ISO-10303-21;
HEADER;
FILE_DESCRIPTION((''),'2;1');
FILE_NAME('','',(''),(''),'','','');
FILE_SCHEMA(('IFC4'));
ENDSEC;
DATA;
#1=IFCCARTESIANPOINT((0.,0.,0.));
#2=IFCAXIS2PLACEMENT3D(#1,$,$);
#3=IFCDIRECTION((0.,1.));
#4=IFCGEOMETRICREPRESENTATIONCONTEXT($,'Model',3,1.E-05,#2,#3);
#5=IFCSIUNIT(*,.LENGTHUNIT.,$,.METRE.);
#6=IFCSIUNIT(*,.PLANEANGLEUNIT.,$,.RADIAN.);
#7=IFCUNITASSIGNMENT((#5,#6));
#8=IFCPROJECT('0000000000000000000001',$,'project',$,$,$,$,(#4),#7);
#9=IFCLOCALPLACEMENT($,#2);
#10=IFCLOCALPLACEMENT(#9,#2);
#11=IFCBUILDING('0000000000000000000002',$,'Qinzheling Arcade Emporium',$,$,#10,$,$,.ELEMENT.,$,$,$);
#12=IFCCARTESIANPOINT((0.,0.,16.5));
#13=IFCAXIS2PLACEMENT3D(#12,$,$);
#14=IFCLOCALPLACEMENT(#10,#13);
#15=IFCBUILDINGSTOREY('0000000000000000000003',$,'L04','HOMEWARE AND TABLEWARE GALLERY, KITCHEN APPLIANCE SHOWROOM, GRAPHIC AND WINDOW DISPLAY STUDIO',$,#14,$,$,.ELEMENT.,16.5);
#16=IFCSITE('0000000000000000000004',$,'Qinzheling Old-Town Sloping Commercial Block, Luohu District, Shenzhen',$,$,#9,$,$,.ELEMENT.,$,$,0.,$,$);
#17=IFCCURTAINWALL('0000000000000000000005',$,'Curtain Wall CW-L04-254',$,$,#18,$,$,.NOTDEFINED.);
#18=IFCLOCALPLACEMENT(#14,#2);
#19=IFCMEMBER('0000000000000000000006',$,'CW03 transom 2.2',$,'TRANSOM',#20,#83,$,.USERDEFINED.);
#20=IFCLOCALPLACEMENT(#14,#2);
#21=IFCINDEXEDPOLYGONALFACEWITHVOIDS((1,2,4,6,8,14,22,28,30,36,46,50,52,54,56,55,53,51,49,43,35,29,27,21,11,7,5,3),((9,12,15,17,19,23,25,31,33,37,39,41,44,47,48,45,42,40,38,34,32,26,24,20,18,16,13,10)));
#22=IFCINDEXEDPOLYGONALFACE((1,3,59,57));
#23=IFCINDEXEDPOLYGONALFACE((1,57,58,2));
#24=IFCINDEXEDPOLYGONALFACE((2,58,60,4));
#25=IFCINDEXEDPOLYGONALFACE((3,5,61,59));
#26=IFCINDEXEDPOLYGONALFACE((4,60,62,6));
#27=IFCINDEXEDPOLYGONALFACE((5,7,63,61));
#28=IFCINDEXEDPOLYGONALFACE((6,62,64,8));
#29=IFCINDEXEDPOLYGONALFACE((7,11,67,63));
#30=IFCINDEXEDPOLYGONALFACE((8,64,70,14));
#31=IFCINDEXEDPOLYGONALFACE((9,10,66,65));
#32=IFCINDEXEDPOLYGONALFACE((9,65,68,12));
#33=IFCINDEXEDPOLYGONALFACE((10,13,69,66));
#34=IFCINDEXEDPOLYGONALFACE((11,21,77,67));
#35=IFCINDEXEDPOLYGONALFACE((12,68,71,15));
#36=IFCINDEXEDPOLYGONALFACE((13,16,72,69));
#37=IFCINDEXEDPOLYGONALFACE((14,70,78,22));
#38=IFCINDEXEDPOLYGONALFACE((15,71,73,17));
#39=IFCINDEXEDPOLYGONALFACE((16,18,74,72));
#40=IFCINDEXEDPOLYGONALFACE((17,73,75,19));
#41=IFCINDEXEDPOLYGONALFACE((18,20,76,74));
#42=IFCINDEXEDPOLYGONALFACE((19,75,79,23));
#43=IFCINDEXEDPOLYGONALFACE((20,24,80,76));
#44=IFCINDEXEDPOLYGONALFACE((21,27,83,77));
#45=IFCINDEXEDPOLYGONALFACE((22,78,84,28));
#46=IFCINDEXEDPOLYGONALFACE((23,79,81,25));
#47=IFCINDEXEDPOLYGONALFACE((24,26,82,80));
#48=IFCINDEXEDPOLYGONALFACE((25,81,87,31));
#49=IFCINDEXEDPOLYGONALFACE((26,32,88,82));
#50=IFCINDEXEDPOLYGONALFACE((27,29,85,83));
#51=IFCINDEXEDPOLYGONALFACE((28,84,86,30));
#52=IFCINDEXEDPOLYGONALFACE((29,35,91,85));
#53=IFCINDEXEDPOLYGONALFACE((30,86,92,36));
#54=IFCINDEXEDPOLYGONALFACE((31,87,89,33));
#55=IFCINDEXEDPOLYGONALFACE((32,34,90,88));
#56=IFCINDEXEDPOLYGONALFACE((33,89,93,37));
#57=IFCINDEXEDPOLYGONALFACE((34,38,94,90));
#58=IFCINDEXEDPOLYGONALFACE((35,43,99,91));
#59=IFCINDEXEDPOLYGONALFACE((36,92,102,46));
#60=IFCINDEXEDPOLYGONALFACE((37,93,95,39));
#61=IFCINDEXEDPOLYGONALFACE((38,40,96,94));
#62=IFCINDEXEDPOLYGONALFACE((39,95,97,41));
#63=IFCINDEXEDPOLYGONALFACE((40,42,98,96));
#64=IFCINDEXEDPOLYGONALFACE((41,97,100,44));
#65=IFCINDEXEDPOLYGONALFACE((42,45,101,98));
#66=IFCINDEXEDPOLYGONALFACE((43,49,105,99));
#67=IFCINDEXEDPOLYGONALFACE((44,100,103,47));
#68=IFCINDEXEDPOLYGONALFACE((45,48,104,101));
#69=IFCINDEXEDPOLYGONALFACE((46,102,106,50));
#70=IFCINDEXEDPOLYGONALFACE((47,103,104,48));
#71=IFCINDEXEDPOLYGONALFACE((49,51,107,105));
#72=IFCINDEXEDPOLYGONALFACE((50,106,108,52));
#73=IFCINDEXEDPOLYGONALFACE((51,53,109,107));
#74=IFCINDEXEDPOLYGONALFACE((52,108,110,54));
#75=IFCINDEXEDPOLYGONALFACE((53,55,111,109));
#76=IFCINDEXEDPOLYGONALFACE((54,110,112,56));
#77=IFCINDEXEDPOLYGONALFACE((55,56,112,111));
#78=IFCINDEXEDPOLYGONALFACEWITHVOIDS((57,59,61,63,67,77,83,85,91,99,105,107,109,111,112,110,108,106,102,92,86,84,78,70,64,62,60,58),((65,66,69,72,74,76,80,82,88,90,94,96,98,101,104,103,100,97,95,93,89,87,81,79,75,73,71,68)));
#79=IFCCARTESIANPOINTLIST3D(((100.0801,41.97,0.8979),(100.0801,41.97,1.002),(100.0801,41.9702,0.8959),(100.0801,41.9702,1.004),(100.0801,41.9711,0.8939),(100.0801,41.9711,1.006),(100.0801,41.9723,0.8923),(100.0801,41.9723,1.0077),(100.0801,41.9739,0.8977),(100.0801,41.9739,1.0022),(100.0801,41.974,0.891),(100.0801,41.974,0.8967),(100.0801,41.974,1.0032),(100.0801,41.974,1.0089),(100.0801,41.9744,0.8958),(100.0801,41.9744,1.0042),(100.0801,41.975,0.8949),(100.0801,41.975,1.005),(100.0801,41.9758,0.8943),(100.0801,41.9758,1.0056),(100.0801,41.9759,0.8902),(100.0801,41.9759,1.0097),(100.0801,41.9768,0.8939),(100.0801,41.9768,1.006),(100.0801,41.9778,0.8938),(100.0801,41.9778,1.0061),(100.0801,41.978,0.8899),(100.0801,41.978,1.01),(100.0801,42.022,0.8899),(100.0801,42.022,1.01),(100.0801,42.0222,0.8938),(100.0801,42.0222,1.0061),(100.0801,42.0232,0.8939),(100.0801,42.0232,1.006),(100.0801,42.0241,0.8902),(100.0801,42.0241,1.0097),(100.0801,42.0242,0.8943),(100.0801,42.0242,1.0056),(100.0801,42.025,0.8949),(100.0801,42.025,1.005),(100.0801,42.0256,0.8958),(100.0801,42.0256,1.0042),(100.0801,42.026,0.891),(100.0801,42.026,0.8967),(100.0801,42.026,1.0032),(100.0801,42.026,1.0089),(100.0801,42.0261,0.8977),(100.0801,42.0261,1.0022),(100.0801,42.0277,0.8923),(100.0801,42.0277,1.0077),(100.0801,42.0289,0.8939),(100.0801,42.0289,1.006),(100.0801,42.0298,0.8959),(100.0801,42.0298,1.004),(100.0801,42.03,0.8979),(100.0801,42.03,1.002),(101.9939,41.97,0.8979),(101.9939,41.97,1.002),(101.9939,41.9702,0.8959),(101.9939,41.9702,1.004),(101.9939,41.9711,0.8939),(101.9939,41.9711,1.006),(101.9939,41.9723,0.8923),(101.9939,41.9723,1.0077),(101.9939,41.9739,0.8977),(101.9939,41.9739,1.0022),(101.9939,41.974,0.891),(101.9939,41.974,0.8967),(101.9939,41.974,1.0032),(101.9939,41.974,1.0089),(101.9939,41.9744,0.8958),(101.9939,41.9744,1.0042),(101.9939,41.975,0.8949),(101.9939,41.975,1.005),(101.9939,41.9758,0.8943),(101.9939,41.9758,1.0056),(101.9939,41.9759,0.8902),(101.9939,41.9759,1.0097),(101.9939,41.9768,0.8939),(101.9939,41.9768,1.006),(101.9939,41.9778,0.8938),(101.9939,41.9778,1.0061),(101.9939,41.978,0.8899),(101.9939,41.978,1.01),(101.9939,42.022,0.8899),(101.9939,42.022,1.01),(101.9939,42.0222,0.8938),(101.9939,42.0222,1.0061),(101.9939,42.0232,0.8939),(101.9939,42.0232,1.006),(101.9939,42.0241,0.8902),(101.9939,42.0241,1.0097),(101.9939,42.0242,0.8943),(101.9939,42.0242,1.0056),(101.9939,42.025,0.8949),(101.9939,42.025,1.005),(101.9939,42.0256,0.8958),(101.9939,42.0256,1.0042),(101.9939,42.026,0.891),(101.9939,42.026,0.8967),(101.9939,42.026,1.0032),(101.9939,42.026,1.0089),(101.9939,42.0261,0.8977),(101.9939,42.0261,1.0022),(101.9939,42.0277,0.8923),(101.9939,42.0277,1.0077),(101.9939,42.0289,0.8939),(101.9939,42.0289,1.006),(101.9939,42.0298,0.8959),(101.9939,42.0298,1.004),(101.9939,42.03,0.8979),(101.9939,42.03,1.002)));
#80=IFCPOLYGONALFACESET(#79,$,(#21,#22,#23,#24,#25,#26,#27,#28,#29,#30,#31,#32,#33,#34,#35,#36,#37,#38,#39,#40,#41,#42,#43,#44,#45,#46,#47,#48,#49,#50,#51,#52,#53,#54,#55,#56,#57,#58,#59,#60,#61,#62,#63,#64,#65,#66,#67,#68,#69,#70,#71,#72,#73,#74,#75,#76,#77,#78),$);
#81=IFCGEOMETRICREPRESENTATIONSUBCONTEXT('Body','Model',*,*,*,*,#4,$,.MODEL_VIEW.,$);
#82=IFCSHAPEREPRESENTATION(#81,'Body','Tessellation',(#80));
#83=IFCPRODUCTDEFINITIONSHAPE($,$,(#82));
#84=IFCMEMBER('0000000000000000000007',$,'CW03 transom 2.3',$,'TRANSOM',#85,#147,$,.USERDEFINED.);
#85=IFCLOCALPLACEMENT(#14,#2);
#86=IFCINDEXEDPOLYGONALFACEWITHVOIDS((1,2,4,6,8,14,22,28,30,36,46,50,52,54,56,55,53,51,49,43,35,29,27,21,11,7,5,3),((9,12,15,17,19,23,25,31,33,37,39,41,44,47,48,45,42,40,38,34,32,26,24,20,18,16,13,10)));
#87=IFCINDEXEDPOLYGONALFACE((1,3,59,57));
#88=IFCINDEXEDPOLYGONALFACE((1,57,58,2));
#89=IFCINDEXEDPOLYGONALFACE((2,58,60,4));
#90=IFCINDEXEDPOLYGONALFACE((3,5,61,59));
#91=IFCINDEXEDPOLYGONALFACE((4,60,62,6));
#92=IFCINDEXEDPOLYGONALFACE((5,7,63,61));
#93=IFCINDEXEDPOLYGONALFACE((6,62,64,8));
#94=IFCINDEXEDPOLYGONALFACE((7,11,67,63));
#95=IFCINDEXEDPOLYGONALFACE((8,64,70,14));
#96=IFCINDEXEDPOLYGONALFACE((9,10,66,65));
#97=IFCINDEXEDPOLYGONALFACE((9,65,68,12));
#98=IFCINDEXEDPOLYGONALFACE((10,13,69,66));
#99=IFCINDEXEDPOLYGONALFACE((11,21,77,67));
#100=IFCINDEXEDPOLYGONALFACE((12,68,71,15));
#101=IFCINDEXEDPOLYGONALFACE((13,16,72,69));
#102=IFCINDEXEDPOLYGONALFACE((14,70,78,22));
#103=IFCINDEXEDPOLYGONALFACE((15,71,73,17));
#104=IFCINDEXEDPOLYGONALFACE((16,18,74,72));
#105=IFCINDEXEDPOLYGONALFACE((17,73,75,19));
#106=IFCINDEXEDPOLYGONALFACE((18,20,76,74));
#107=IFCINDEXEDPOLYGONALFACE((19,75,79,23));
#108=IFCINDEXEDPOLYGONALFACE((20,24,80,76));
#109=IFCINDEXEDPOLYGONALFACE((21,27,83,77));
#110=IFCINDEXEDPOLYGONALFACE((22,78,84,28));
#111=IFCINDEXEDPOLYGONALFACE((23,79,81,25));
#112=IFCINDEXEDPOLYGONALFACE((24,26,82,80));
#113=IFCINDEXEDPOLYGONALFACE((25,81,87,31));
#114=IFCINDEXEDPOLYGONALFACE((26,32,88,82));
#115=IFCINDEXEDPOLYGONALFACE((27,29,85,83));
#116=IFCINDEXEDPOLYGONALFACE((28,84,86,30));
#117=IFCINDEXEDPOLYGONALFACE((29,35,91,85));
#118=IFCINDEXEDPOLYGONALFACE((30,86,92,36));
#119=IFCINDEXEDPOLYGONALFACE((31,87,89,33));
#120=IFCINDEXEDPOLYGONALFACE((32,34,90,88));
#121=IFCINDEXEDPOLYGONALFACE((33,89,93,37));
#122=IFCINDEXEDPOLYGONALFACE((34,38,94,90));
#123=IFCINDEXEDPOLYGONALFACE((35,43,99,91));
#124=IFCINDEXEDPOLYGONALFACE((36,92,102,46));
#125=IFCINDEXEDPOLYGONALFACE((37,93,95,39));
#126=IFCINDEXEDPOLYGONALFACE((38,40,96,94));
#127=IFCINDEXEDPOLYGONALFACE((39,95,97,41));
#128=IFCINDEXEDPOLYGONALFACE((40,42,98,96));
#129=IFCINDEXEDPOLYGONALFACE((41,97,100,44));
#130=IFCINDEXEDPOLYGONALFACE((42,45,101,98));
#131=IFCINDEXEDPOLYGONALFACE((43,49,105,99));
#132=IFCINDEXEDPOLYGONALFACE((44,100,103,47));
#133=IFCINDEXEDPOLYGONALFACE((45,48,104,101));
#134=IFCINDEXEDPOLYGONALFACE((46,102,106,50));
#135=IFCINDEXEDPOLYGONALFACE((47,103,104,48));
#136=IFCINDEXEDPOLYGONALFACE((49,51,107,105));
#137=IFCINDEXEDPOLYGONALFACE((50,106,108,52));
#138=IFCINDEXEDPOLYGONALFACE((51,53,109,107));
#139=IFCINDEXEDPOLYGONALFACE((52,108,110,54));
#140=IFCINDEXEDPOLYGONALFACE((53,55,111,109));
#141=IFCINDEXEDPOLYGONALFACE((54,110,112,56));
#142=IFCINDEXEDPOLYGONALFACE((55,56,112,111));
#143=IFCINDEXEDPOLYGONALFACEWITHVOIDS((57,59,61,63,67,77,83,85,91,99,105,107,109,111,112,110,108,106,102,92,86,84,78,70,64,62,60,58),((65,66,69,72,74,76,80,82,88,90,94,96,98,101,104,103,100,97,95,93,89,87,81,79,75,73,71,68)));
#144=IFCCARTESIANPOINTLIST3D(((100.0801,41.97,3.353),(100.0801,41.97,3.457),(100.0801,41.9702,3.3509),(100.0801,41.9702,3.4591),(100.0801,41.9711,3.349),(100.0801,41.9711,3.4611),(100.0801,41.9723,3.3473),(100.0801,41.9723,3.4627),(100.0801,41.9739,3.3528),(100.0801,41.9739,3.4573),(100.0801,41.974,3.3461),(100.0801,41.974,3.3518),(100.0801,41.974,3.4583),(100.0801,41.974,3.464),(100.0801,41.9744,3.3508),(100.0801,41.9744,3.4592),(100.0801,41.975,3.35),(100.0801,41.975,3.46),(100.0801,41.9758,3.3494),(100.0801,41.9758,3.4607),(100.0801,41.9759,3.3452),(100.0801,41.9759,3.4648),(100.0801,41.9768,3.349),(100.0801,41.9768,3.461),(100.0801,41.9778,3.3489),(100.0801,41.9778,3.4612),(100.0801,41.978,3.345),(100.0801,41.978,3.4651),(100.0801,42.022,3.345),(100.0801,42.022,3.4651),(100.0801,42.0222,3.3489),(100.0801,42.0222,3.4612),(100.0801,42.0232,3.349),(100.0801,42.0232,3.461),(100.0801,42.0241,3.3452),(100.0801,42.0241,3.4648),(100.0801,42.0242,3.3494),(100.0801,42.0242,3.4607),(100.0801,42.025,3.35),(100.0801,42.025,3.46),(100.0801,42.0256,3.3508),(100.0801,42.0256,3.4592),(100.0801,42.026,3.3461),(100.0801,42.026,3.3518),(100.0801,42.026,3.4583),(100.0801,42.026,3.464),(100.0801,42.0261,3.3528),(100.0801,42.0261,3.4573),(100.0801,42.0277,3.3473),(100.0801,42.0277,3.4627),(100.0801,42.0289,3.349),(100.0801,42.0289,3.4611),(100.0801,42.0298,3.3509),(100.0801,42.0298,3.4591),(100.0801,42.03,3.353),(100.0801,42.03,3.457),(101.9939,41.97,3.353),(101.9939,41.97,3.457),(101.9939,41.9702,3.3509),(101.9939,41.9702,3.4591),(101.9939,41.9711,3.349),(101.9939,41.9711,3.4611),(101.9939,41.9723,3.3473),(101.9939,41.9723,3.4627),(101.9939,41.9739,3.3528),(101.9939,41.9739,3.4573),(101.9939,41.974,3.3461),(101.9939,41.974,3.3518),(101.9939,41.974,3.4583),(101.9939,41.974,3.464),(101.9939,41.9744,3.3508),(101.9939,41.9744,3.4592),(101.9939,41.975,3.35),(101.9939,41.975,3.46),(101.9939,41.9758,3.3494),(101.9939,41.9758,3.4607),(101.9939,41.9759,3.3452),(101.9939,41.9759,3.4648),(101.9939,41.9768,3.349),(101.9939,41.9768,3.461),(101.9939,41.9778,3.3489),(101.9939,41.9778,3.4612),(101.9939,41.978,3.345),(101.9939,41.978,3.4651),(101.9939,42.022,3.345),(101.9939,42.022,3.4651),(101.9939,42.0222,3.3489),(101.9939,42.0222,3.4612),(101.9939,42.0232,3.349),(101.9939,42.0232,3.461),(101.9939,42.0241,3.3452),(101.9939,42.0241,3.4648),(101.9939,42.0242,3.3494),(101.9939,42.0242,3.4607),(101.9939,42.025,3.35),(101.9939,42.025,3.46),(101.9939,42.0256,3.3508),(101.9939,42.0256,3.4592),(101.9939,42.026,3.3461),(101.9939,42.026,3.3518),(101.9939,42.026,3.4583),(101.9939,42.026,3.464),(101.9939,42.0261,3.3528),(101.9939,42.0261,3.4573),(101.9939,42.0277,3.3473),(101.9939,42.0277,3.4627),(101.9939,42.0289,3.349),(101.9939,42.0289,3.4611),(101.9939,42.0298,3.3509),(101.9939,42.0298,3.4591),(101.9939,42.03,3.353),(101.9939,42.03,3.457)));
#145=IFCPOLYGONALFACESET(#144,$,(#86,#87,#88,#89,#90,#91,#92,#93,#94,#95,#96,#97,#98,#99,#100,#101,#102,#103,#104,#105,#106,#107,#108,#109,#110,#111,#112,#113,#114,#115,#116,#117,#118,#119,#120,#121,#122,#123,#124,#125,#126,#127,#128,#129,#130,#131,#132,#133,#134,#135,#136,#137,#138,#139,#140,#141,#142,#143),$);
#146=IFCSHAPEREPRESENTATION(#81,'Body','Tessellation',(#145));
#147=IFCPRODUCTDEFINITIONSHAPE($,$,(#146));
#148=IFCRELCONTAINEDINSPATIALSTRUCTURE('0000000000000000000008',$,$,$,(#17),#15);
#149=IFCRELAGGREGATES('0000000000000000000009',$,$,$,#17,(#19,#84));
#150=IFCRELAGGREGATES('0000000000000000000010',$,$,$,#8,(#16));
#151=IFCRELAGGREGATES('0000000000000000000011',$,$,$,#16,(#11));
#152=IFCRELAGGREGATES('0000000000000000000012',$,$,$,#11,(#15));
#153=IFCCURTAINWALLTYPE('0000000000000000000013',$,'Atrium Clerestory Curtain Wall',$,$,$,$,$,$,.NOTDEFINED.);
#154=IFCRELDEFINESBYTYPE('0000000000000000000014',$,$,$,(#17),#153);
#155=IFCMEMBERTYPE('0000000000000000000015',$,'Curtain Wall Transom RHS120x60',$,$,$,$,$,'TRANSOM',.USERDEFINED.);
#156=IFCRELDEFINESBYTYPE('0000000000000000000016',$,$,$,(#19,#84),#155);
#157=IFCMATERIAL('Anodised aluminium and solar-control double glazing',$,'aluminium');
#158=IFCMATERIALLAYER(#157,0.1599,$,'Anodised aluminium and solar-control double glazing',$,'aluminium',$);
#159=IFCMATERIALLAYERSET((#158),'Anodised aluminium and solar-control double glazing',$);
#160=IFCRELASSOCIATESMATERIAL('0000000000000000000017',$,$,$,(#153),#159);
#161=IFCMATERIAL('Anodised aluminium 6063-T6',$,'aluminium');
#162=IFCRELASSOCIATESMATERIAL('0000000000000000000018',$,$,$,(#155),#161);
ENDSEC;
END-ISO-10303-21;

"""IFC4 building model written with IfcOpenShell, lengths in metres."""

from ifc_helpers import new_model, si_unit, direction, frame, origin, origin_2d, place, context, subcontext, project, spatial, hollow_rectangle, extrude, material, layer, layer_set, material_profile, profile_set, type_object, element, aggregate, save


model = new_model("IFC4")

# Units and contexts
model_context = context("Model", 3, precision=1e-05, world=origin(), true_north=direction((0.0, 1.0)))
body_context = subcontext(model_context, "Body", "Model", "MODEL_VIEW")
ifc_project = project(units=[si_unit("LENGTHUNIT", "METRE"), si_unit("PLANEANGLEUNIT", "RADIAN")], contexts=[model_context])

# Site, building, storey
site_placement = place(None, origin())
site = spatial("IfcSite", under=ifc_project, at=site_placement, Name="Qinzheling Old-Town Sloping Commercial Block, Luohu District, Shenzhen", CompositionType="ELEMENT", RefElevation=0.0)
building_placement = place(site_placement, origin())
building = spatial("IfcBuilding", under=site, at=building_placement, Name="Qinzheling Arcade Emporium", CompositionType="ELEMENT")
storey_placement = place(building_placement, frame((0.0, 0.0, 16.5)))
storey = spatial("IfcBuildingStorey", under=building, at=storey_placement, Name="L04", Description="HOMEWARE AND TABLEWARE GALLERY, KITCHEN APPLIANCE SHOWROOM, GRAPHIC AND WINDOW DISPLAY STUDIO", CompositionType="ELEMENT", Elevation=16.5)

# Curtain wall
ifc_material_1 = material(Name="Anodised aluminium and solar-control double glazing", Category="aluminium")
ifc_layer_1 = layer(ifc_material_1, 0.1599, Name="Anodised aluminium and solar-control double glazing", Category="aluminium")
ifc_layer_set_1 = layer_set([ifc_layer_1], Name="Anodised aluminium and solar-control double glazing")
curtain_wall_type = type_object("IfcCurtainWallType", Name="Atrium Clerestory Curtain Wall", PredefinedType="NOTDEFINED", material=ifc_layer_set_1)
ifc_material_2 = material(Name="Anodised aluminium 6063-T6", Category="aluminium")
curtain_wall_1_placement = place(storey_placement, origin())
curtain_wall_1 = element("IfcCurtainWall", 1, at=curtain_wall_1_placement, inside=storey, type_object=curtain_wall_type, Name="Curtain Wall CW-L04-254", PredefinedType="NOTDEFINED")

# Members
ifc_material_profile_1 = material_profile(ifc_material_2, hollow_rectangle(XDim=0.0601, YDim=0.1201, WallThickness=0.0039, InnerFilletRadius=0.0039, OuterFilletRadius=0.0081, at=origin_2d()), Name="RHS 120x60x4", Category="aluminium")
ifc_profile_set_1 = profile_set([ifc_material_profile_1], Name="Anodised aluminium 6063-T6")
member_type_1 = type_object("IfcMemberType", Name="Curtain Wall Transom RHS120x60", ElementType="TRANSOM", PredefinedType="USERDEFINED", material=ifc_profile_set_1)
member_1_placement = place(storey_placement, frame((101.9939, 42.0, 0.95), z_axis=(-1.0, 0.0, 0.0), x_axis=(0.0, -1.0, 0.0)))
member_1 = element("IfcMember", 2, at=member_1_placement, type_object=member_type_1, Name="CW03 transom 2.2", ObjectType="TRANSOM", PredefinedType="USERDEFINED", context=body_context, shape_type="SweptSolid", body=[
    extrude(hollow_rectangle(XDim=0.0601, YDim=0.1201, WallThickness=0.0039, InnerFilletRadius=0.0039, OuterFilletRadius=0.0081, at=origin_2d()), origin(), (0.0, 0.0, 1.0), 1.9138),
])
member_2_placement = place(storey_placement, frame((101.9939, 42.0, 3.405), z_axis=(-1.0, 0.0, 0.0), x_axis=(0.0, -1.0, 0.0)))
member_2 = element("IfcMember", 3, at=member_2_placement, type_object=member_type_1, Name="CW03 transom 2.3", ObjectType="TRANSOM", PredefinedType="USERDEFINED", context=body_context, shape_type="SweptSolid", body=[
    extrude(hollow_rectangle(XDim=0.0601, YDim=0.1201, WallThickness=0.0039, InnerFilletRadius=0.0039, OuterFilletRadius=0.0081, at=origin_2d()), origin(), (0.0, 0.0, 1.0), 1.9138),
])

aggregate(curtain_wall_1, [member_1, member_2])

save(model, "model.ifc")
